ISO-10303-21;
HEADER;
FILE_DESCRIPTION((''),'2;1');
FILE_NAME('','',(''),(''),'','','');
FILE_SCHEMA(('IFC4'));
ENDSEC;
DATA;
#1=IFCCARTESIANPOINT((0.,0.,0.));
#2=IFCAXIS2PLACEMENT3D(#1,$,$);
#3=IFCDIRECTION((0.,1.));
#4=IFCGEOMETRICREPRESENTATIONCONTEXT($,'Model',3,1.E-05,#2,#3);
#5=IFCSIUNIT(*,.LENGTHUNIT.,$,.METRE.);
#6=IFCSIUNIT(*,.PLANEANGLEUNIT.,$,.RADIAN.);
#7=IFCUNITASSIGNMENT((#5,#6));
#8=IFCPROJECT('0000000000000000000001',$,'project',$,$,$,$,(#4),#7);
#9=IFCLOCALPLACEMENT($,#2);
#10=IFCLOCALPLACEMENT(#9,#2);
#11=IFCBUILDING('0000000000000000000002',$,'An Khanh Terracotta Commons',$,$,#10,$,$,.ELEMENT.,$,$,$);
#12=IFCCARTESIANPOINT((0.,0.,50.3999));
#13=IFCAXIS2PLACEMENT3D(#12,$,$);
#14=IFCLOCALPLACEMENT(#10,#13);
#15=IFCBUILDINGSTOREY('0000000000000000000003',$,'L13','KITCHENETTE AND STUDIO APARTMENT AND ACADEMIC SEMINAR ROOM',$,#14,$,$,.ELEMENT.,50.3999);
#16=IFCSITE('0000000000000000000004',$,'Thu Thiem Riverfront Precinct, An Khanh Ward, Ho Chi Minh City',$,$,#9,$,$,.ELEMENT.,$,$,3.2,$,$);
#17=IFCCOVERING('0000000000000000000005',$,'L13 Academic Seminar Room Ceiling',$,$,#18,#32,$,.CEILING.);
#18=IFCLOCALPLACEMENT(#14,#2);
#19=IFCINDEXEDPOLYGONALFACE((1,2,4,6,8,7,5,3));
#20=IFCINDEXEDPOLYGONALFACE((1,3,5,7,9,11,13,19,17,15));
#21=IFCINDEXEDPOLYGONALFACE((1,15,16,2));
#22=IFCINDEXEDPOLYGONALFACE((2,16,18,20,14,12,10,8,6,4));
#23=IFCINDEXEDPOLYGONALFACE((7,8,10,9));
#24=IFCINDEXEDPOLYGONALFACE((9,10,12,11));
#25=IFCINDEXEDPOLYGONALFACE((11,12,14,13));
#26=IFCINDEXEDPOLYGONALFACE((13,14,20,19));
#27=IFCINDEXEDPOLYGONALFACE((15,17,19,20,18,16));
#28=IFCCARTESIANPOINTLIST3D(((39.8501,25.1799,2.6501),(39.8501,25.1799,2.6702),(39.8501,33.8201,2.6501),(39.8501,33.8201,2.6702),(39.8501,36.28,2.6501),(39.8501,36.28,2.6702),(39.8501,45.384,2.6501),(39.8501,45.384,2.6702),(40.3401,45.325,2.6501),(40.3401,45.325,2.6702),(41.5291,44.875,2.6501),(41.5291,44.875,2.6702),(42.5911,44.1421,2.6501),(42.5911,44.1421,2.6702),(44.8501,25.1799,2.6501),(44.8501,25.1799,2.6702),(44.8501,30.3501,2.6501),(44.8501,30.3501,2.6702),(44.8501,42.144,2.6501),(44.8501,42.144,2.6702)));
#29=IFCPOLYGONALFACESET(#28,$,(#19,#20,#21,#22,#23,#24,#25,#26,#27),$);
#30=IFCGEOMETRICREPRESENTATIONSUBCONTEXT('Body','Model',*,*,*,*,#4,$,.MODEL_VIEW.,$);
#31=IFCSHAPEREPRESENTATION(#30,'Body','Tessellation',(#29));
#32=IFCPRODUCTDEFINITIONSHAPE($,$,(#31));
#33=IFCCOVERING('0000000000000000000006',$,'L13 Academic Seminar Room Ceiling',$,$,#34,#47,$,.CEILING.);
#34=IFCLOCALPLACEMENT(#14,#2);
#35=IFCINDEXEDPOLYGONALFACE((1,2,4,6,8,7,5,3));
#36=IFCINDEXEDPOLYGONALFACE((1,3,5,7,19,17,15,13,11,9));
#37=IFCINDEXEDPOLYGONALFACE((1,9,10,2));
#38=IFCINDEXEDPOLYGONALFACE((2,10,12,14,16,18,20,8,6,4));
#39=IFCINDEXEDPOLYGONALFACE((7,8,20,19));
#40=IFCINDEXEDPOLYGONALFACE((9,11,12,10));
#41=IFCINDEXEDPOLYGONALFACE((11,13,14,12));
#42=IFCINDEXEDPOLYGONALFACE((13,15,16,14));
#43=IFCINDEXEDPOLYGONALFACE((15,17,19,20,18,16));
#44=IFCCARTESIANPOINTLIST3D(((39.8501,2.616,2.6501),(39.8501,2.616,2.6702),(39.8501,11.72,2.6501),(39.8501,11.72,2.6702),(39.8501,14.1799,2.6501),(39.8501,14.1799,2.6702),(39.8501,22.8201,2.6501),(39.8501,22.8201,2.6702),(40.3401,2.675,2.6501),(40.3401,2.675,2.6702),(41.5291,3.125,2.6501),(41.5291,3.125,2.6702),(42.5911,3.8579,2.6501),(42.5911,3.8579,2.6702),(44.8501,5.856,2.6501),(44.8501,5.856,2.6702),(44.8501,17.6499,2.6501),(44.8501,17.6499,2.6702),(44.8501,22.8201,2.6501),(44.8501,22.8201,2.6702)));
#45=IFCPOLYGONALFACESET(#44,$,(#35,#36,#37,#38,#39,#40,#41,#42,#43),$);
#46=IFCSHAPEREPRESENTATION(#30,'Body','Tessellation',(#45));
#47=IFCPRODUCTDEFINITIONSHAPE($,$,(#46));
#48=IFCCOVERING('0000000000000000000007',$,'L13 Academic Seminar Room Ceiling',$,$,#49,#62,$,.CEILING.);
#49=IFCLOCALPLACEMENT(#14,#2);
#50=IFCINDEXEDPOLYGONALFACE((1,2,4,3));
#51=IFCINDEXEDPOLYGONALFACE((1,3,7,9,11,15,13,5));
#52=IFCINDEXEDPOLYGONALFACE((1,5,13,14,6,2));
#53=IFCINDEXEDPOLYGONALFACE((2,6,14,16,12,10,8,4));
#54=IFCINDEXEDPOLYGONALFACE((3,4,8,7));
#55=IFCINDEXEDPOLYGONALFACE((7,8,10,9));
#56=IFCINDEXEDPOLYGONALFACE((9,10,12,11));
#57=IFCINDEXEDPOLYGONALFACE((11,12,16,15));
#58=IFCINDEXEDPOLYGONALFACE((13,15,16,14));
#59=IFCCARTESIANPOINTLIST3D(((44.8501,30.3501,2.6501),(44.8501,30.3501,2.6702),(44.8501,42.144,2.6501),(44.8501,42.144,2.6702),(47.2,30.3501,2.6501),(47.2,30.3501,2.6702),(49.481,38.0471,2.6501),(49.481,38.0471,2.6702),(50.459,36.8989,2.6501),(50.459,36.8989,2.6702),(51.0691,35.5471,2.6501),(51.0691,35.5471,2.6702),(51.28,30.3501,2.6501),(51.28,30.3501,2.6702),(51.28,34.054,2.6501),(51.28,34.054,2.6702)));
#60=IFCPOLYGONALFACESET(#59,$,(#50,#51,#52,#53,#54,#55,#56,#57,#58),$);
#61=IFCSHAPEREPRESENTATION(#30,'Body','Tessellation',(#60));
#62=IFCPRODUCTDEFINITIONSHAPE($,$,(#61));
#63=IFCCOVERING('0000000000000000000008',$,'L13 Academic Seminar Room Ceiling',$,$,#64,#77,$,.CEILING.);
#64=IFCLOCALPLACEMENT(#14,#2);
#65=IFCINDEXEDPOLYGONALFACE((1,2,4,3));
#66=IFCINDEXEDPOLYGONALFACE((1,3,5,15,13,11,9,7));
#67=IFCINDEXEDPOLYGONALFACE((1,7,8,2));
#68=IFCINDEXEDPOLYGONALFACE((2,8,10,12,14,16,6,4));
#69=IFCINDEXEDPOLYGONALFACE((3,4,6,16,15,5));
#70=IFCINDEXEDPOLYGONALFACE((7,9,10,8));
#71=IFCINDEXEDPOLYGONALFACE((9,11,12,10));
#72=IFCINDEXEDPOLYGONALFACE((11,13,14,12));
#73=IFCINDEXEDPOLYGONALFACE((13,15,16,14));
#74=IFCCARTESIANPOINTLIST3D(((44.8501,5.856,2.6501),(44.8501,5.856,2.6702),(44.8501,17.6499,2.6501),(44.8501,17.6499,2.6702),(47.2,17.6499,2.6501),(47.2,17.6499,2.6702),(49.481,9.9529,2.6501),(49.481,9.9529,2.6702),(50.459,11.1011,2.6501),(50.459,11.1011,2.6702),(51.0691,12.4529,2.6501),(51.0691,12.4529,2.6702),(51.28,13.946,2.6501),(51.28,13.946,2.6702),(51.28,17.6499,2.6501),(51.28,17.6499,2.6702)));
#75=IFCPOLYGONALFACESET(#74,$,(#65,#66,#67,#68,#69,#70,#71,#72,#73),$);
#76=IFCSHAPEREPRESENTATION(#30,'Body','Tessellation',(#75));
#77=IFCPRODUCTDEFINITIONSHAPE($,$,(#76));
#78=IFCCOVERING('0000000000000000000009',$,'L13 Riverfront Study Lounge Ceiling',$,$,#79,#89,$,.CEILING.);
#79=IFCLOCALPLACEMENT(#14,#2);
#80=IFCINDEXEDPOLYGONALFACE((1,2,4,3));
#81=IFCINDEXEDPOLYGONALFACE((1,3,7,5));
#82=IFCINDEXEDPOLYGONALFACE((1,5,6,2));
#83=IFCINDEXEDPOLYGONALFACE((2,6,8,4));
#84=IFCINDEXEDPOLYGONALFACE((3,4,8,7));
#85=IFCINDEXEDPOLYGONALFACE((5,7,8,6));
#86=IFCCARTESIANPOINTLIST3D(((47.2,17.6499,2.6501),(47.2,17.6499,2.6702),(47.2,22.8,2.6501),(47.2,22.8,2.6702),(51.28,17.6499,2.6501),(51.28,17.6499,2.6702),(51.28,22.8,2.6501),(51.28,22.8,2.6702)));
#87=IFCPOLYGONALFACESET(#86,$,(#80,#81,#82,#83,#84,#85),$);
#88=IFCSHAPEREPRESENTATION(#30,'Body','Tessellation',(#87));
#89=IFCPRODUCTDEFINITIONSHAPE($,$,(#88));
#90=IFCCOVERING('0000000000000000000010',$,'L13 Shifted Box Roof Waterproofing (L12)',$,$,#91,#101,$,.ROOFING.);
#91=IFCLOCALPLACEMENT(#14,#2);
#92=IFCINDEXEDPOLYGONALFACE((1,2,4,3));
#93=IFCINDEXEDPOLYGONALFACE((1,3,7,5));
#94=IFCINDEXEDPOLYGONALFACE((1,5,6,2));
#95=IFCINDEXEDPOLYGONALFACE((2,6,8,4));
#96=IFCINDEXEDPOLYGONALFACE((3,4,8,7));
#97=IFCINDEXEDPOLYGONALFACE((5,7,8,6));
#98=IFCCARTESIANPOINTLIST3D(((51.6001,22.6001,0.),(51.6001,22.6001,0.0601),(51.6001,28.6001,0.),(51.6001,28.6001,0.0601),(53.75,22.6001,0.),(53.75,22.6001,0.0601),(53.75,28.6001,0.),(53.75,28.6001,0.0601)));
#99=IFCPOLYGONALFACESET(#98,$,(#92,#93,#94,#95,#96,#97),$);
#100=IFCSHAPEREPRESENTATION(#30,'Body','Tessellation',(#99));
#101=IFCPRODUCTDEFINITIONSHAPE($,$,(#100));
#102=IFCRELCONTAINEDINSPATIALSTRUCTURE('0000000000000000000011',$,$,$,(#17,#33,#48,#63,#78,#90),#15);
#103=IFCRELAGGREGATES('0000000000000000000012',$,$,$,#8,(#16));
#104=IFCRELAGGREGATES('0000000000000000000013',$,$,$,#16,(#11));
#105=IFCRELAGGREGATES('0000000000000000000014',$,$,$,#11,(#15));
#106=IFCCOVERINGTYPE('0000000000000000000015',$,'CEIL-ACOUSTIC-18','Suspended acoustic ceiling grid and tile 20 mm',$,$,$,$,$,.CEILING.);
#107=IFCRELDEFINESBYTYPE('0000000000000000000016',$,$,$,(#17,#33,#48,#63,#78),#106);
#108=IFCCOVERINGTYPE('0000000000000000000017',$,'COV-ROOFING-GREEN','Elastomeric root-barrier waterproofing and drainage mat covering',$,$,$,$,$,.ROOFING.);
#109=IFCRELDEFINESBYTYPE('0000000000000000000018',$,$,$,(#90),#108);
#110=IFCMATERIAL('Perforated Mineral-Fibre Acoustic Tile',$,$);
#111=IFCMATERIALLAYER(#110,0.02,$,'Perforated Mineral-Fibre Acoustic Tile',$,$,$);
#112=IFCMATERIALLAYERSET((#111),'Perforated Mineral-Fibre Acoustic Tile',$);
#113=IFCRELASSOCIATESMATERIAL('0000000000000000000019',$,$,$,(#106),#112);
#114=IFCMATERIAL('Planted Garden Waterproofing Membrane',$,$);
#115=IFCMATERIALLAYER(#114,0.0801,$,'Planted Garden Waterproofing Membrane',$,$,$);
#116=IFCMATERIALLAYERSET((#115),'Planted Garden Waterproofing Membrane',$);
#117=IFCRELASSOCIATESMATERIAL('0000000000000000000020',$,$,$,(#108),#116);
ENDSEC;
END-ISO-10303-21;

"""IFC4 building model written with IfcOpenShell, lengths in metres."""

from ifc_helpers import new_model, si_unit, direction, frame, origin, place, context, subcontext, project, spatial, polyline, outline, extrude, material, layer, layer_set, type_object, element, save


model = new_model("IFC4")

# Units and contexts
model_context = context("Model", 3, precision=1e-05, world=origin(), true_north=direction((0.0, 1.0)))
body_context = subcontext(model_context, "Body", "Model", "MODEL_VIEW")
ifc_project = project(units=[si_unit("LENGTHUNIT", "METRE"), si_unit("PLANEANGLEUNIT", "RADIAN")], contexts=[model_context])

# Site, building, storey
site_placement = place(None, origin())
site = spatial("IfcSite", under=ifc_project, at=site_placement, Name="Thu Thiem Riverfront Precinct, An Khanh Ward, Ho Chi Minh City", CompositionType="ELEMENT", RefElevation=3.2)
building_placement = place(site_placement, origin())
building = spatial("IfcBuilding", under=site, at=building_placement, Name="An Khanh Terracotta Commons", CompositionType="ELEMENT")
storey_placement = place(building_placement, frame((0.0, 0.0, 50.3999)))
storey = spatial("IfcBuildingStorey", under=building, at=storey_placement, Name="L13", Description="KITCHENETTE AND STUDIO APARTMENT AND ACADEMIC SEMINAR ROOM", CompositionType="ELEMENT", Elevation=50.3999)

# Coverings
ifc_material_1 = material(Name="Perforated Mineral-Fibre Acoustic Tile")
ifc_layer_1 = layer(ifc_material_1, 0.02, Name="Perforated Mineral-Fibre Acoustic Tile")
ifc_layer_set_1 = layer_set([ifc_layer_1], Name="Perforated Mineral-Fibre Acoustic Tile")
covering_type_1 = type_object("IfcCoveringType", Name="CEIL-ACOUSTIC-18", Description="Suspended acoustic ceiling grid and tile 20 mm", PredefinedType="CEILING", material=ifc_layer_set_1)
covering_1_placement = place(storey_placement, frame((0.0, 0.0, 2.6501)))
element("IfcCovering", 1, at=covering_1_placement, inside=storey, type_object=covering_type_1, Name="L13 Academic Seminar Room Ceiling", PredefinedType="CEILING", context=body_context, shape_type="SweptSolid", body=[
    extrude(outline(polyline([(40.3401, 45.325), (41.5291, 44.875), (42.5911, 44.1421), (44.8501, 42.144), (44.8501, 30.3501), (44.8501, 25.1799), (39.8501, 25.1799), (39.8501, 33.8201), (39.8501, 36.28), (39.8501, 45.384), (40.3401, 45.325)])), origin(), (0.0, 0.0, 1.0), 0.02),
])
covering_2_placement = place(storey_placement, frame((0.0, 0.0, 2.6501)))
element("IfcCovering", 2, at=covering_2_placement, inside=storey, type_object=covering_type_1, Name="L13 Academic Seminar Room Ceiling", PredefinedType="CEILING", context=body_context, shape_type="SweptSolid", body=[
    extrude(outline(polyline([(42.5911, 3.8579), (41.5291, 3.125), (40.3401, 2.675), (39.8501, 2.616), (39.8501, 11.72), (39.8501, 14.1799), (39.8501, 22.8201), (44.8501, 22.8201), (44.8501, 17.6499), (44.8501, 5.856), (42.5911, 3.8579)])), origin(), (0.0, 0.0, 1.0), 0.02),
])
covering_3_placement = place(storey_placement, frame((0.0, 0.0, 2.6501)))
element("IfcCovering", 3, at=covering_3_placement, inside=storey, type_object=covering_type_1, Name="L13 Academic Seminar Room Ceiling", PredefinedType="CEILING", context=body_context, shape_type="SweptSolid", body=[
    extrude(outline(polyline([(49.481, 38.0471), (50.459, 36.8989), (51.0691, 35.5471), (51.28, 34.054), (51.28, 30.3501), (47.2, 30.3501), (44.8501, 30.3501), (44.8501, 42.144), (49.481, 38.0471)])), origin(), (0.0, 0.0, 1.0), 0.02),
])
covering_4_placement = place(storey_placement, frame((0.0, 0.0, 2.6501)))
element("IfcCovering", 4, at=covering_4_placement, inside=storey, type_object=covering_type_1, Name="L13 Academic Seminar Room Ceiling", PredefinedType="CEILING", context=body_context, shape_type="SweptSolid", body=[
    extrude(outline(polyline([(51.28, 13.946), (51.0691, 12.4529), (50.459, 11.1011), (49.481, 9.9529), (44.8501, 5.856), (44.8501, 17.6499), (47.2, 17.6499), (51.28, 17.6499), (51.28, 13.946)])), origin(), (0.0, 0.0, 1.0), 0.02),
])
covering_5_placement = place(storey_placement, frame((0.0, 0.0, 2.6501)))
element("IfcCovering", 5, at=covering_5_placement, inside=storey, type_object=covering_type_1, Name="L13 Riverfront Study Lounge Ceiling", PredefinedType="CEILING", context=body_context, shape_type="SweptSolid", body=[
    extrude(outline(polyline([(51.28, 17.6499), (47.2, 17.6499), (47.2, 22.8), (51.28, 22.8), (51.28, 17.6499)])), origin(), (0.0, 0.0, 1.0), 0.02),
])
ifc_material_2 = material(Name="Planted Garden Waterproofing Membrane")
ifc_layer_2 = layer(ifc_material_2, 0.0801, Name="Planted Garden Waterproofing Membrane")
ifc_layer_set_2 = layer_set([ifc_layer_2], Name="Planted Garden Waterproofing Membrane")
covering_type_2 = type_object("IfcCoveringType", Name="COV-ROOFING-GREEN", Description="Elastomeric root-barrier waterproofing and drainage mat covering", PredefinedType="ROOFING", material=ifc_layer_set_2)
covering_6_placement = place(storey_placement, origin())
element("IfcCovering", 6, at=covering_6_placement, inside=storey, type_object=covering_type_2, Name="L13 Shifted Box Roof Waterproofing (L12)", PredefinedType="ROOFING", context=body_context, shape_type="SweptSolid", body=[
    extrude(outline(polyline([(51.6001, 22.6001), (53.75, 22.6001), (53.75, 28.6001), (51.6001, 28.6001), (51.6001, 22.6001)])), origin(), (0.0, 0.0, 1.0), 0.0601),
])

save(model, "model.ifc")
